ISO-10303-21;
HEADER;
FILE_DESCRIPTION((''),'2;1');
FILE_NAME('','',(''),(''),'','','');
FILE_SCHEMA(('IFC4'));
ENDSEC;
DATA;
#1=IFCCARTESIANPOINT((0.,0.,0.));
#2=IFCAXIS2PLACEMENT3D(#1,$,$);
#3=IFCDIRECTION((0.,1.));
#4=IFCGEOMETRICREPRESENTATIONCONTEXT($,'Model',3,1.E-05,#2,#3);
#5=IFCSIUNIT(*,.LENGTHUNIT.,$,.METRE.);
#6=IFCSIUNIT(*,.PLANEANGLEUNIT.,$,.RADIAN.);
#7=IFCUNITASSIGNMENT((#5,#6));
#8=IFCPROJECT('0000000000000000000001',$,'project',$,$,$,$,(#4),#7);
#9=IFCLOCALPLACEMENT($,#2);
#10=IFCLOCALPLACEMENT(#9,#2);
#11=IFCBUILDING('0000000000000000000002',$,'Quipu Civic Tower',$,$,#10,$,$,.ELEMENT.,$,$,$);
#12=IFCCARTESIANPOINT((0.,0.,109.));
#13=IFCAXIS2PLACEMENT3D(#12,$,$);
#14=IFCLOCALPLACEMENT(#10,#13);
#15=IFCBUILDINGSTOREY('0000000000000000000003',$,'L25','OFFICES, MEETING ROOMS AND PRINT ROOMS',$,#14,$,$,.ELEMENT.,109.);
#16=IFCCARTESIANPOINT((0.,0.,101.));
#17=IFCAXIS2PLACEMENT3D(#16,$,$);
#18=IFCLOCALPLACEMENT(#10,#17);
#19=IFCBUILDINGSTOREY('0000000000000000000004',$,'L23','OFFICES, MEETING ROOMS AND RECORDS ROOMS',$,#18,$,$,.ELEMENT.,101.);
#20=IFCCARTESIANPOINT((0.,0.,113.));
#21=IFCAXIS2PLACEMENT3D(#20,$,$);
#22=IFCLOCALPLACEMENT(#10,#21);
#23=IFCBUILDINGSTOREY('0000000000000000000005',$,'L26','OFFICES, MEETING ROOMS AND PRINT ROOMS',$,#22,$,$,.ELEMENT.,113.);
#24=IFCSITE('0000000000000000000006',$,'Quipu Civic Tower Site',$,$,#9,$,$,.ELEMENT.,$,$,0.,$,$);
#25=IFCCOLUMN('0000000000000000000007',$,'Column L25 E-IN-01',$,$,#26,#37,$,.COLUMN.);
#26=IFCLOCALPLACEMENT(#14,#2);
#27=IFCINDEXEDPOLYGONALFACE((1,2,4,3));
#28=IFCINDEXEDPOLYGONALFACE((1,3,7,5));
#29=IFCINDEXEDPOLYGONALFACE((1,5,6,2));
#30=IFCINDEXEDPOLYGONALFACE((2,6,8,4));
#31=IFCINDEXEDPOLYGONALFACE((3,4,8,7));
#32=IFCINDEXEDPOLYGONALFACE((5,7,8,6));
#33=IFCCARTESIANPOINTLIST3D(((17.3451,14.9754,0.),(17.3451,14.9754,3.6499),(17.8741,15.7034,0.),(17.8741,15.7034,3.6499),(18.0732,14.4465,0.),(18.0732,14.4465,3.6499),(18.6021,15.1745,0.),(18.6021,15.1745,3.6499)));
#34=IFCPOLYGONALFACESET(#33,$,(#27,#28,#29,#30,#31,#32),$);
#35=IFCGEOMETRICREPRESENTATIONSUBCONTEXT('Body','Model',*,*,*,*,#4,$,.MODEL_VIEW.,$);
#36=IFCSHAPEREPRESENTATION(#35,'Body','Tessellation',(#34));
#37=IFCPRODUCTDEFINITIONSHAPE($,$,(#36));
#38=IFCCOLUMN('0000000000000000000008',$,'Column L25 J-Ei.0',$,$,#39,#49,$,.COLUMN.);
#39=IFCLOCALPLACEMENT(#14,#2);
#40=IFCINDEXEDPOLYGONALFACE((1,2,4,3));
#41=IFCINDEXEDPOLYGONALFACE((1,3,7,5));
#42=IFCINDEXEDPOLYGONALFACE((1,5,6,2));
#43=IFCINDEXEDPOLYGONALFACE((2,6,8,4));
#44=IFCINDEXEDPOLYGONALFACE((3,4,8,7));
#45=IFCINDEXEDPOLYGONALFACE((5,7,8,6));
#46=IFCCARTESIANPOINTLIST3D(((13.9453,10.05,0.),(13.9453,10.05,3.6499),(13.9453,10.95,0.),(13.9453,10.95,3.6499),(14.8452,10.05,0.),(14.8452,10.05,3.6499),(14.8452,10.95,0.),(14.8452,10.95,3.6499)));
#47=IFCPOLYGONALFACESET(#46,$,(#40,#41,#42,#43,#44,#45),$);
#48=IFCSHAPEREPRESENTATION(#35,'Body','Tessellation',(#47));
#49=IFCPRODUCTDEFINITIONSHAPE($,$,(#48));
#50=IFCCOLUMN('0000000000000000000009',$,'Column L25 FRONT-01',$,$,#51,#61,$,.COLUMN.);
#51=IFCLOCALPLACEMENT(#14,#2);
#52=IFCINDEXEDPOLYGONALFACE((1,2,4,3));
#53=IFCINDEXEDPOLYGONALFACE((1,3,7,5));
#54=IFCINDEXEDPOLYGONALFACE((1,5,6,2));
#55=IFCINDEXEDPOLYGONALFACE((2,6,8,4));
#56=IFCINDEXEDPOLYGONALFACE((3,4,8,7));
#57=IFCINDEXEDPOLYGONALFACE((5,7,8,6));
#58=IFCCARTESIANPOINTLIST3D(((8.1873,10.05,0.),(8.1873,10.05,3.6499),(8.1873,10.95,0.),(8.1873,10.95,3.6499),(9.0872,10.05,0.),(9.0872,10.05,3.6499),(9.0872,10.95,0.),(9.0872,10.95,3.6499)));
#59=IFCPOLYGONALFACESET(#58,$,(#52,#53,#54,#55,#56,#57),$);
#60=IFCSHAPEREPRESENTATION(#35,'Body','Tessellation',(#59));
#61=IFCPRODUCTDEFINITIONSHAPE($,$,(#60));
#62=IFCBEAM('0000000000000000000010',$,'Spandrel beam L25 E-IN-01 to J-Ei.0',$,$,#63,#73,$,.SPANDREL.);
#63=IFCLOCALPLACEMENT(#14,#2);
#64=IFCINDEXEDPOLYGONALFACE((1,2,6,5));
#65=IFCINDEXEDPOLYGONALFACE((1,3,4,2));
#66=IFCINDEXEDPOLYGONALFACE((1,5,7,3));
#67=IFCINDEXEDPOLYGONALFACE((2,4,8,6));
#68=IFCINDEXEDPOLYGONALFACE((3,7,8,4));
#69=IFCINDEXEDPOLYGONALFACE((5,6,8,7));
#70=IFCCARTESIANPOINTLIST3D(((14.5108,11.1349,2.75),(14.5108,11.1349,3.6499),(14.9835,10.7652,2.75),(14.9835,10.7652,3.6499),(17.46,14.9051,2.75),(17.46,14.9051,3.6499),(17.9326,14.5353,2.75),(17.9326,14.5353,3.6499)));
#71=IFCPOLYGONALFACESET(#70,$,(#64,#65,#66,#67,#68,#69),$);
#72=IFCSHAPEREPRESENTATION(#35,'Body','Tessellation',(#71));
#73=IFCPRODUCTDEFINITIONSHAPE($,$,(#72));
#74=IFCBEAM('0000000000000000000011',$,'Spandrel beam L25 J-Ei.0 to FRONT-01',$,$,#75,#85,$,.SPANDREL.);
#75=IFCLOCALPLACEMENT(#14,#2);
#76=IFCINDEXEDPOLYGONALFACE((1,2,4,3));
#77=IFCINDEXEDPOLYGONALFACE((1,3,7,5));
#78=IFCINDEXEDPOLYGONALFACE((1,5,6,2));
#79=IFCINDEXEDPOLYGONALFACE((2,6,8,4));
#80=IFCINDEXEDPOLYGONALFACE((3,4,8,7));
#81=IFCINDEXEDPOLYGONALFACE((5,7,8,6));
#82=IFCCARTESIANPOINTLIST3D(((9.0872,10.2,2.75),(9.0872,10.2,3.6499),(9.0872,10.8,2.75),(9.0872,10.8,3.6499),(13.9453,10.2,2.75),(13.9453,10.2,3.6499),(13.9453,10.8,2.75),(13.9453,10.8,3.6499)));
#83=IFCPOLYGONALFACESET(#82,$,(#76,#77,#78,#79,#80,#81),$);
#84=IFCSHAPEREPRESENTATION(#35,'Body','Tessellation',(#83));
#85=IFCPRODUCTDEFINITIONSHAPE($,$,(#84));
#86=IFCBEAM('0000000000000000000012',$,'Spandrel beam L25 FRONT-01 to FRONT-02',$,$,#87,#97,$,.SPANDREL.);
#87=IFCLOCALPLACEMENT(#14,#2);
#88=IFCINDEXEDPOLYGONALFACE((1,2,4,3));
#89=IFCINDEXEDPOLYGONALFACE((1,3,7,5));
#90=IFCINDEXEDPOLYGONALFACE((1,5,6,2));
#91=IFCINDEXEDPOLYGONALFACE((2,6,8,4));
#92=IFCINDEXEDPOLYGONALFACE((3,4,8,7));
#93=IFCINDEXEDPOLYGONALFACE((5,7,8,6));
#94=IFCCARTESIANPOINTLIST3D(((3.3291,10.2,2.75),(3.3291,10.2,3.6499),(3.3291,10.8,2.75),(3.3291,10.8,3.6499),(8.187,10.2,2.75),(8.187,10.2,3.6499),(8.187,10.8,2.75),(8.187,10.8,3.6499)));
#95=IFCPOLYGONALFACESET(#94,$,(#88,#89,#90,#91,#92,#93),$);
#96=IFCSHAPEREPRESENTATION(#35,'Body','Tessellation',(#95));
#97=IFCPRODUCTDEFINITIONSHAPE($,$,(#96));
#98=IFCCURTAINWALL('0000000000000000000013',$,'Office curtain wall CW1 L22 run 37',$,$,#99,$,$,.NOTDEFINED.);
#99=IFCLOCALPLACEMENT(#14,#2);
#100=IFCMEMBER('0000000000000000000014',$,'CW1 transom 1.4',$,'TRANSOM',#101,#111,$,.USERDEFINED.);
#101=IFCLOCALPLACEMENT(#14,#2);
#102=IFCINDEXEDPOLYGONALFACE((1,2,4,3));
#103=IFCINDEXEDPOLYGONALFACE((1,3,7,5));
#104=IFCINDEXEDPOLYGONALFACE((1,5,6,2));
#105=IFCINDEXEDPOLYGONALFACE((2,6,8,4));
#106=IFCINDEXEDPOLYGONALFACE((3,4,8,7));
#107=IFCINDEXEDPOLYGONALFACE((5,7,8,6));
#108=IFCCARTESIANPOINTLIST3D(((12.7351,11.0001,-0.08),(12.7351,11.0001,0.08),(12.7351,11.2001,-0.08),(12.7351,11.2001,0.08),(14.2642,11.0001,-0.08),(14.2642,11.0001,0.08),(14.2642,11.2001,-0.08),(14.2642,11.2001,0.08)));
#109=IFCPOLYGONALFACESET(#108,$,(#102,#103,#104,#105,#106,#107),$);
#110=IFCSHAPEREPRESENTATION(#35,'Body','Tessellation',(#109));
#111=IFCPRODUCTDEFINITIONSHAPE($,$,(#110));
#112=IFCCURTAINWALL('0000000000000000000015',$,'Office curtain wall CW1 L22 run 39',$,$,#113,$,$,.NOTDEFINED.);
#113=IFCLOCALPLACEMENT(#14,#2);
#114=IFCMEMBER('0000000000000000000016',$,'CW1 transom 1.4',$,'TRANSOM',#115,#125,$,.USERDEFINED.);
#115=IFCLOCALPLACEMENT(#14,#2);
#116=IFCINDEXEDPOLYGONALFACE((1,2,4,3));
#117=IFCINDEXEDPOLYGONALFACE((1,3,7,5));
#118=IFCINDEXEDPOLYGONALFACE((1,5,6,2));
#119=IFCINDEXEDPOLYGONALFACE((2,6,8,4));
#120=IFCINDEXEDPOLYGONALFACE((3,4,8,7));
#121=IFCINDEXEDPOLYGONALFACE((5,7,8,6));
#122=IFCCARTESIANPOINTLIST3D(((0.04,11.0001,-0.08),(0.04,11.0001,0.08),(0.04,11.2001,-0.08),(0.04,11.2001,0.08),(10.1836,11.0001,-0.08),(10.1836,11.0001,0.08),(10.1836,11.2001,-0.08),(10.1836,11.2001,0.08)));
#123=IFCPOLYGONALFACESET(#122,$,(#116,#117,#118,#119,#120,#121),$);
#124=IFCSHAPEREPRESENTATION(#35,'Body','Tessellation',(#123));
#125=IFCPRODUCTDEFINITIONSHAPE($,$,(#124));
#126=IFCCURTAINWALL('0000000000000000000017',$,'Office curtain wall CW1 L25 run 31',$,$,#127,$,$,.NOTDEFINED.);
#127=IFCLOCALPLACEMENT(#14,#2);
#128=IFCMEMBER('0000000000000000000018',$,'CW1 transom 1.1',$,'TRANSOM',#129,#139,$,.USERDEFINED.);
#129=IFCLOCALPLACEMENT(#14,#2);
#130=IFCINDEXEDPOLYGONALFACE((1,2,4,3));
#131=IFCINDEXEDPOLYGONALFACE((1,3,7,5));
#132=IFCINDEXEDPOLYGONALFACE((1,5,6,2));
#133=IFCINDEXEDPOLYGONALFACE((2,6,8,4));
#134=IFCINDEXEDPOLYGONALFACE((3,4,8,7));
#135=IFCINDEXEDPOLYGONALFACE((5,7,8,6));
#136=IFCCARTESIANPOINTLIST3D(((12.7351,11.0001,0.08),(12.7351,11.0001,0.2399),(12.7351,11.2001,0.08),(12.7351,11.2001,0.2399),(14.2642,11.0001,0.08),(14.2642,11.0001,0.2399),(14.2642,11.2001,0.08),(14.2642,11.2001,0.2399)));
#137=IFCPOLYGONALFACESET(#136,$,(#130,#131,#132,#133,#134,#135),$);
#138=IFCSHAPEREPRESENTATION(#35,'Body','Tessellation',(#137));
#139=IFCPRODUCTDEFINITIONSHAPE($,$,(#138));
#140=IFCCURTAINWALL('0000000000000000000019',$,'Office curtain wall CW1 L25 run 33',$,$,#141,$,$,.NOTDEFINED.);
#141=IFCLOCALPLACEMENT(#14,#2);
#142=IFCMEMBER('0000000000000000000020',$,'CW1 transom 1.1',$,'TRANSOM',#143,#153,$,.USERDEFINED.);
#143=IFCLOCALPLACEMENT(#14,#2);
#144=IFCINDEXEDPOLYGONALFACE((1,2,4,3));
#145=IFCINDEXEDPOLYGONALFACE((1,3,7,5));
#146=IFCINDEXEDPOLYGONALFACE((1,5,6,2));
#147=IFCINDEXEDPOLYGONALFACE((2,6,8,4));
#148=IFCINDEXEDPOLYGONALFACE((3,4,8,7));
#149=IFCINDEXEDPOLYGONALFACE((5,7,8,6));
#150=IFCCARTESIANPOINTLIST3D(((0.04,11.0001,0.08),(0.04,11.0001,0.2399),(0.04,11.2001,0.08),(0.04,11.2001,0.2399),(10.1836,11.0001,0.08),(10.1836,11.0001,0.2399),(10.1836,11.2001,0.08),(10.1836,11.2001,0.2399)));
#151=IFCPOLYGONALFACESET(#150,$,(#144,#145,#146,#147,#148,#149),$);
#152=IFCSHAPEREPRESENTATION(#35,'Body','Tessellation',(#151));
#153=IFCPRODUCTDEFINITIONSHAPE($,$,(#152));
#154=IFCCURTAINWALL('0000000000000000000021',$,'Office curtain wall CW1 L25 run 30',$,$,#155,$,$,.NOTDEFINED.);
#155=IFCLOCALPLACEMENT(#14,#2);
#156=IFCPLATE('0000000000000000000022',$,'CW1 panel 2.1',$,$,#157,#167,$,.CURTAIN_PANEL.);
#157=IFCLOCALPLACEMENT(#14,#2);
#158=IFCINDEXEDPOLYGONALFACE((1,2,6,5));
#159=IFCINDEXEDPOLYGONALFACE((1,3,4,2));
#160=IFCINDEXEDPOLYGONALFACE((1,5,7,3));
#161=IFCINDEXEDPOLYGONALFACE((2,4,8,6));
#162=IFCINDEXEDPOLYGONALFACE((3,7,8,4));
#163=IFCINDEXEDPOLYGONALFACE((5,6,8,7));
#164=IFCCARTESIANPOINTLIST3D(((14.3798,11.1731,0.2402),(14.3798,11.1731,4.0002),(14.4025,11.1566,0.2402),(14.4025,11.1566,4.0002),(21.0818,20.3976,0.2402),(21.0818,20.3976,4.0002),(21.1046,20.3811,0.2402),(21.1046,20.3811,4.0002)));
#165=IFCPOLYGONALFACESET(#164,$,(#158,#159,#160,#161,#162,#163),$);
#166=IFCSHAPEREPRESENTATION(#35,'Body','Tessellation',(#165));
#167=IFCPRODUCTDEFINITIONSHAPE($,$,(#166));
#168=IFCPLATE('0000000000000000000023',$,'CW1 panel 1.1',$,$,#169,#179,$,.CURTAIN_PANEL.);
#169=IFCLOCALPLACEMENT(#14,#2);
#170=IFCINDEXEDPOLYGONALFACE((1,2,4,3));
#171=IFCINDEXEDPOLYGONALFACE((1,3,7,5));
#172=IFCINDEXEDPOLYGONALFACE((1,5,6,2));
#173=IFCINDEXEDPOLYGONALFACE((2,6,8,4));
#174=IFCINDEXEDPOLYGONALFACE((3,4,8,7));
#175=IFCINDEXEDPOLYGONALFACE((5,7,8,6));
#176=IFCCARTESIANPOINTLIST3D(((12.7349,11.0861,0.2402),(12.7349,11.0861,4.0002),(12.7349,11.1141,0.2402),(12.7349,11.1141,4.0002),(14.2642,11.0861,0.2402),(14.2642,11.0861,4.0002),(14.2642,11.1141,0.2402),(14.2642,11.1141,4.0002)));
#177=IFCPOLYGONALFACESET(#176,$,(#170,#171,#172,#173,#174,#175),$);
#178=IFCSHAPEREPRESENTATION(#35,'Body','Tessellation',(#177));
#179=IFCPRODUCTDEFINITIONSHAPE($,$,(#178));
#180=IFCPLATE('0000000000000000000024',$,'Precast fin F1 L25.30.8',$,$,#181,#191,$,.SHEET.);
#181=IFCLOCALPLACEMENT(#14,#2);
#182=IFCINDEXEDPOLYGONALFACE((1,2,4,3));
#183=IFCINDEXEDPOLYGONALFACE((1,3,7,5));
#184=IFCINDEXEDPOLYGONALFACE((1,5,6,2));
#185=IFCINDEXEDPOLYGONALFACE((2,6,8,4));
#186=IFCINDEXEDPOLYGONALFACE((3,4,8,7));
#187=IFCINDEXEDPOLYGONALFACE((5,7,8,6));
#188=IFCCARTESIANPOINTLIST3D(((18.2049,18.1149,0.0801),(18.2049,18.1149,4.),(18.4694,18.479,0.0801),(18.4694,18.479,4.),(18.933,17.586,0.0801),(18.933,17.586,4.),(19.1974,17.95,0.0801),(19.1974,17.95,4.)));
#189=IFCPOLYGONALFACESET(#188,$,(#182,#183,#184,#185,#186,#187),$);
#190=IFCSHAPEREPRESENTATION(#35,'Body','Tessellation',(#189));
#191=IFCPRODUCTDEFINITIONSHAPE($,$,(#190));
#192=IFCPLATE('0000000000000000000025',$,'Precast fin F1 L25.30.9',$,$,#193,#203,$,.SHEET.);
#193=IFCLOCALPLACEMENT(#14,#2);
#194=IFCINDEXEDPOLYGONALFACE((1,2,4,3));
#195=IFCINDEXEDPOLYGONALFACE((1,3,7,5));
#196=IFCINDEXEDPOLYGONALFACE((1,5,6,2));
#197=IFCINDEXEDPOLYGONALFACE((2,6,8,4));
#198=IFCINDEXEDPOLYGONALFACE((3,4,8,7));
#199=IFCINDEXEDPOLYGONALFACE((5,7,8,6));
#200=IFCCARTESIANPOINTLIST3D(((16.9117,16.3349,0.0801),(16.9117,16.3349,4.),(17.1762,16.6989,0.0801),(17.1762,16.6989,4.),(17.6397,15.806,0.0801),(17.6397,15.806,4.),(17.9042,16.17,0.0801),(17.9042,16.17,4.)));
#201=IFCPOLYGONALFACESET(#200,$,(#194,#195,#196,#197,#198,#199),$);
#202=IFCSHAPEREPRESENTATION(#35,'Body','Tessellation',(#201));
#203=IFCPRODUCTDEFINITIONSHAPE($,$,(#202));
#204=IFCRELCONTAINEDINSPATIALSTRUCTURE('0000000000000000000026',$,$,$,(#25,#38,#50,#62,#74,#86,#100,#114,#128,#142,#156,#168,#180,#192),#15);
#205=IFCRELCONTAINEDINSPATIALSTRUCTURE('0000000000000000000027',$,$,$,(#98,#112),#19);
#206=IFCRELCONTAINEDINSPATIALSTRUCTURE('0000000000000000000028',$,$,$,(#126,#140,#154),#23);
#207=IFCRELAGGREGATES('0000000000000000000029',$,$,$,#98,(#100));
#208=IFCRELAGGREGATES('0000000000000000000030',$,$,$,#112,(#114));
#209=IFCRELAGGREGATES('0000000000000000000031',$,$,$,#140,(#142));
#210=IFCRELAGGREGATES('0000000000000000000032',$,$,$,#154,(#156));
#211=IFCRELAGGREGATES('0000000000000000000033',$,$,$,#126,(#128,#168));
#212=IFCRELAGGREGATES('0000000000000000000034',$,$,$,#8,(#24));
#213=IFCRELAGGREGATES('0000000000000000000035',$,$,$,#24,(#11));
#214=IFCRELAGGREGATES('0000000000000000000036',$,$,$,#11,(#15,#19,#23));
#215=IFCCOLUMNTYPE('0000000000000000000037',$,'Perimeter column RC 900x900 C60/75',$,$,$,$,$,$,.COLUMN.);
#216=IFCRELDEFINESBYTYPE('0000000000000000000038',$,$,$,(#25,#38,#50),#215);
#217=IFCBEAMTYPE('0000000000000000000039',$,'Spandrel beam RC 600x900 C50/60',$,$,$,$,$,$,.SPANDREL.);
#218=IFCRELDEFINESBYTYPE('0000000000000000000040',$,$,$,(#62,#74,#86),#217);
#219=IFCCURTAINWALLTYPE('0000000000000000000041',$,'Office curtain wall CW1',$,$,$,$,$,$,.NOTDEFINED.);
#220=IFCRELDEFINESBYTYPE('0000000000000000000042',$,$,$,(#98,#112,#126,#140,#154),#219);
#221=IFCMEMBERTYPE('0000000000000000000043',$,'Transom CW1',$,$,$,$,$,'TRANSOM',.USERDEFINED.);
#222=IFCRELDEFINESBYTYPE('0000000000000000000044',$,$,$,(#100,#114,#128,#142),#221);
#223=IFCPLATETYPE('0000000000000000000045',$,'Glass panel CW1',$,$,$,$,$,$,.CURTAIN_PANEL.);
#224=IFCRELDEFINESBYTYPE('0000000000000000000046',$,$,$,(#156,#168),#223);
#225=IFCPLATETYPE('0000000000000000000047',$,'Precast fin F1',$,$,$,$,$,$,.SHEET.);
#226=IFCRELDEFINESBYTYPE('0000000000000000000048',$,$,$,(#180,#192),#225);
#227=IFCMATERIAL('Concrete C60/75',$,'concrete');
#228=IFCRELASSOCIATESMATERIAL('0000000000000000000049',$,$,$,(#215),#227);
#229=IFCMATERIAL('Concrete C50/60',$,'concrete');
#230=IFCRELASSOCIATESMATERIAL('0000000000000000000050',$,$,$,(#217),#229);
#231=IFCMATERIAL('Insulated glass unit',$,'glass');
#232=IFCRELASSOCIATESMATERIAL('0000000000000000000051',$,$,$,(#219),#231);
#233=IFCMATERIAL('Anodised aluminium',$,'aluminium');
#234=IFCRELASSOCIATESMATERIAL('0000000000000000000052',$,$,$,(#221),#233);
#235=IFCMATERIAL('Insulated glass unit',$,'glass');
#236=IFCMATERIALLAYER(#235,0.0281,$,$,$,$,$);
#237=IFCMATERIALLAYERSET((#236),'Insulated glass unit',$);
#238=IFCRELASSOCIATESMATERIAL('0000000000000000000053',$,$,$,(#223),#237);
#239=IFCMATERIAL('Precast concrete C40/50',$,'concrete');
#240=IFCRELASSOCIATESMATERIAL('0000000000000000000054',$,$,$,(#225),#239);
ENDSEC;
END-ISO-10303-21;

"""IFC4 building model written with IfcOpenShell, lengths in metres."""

from ifc_helpers import new_model, si_unit, direction, frame, origin, origin_2d, place, context, subcontext, project, spatial, rectangle, extrude, material, layer, layer_set, material_profile, profile_set, type_object, element, aggregate, save


model = new_model("IFC4")

# Units and contexts
model_context = context("Model", 3, precision=1e-05, world=origin(), true_north=direction((0.0, 1.0)))
body_context = subcontext(model_context, "Body", "Model", "MODEL_VIEW")
ifc_project = project(units=[si_unit("LENGTHUNIT", "METRE"), si_unit("PLANEANGLEUNIT", "RADIAN")], contexts=[model_context])

# Site, building, storey
site_placement = place(None, origin())
site = spatial("IfcSite", under=ifc_project, at=site_placement, Name="Quipu Civic Tower Site", CompositionType="ELEMENT", RefElevation=0.0)
building_placement = place(site_placement, origin())
building = spatial("IfcBuilding", under=site, at=building_placement, Name="Quipu Civic Tower", CompositionType="ELEMENT")
storey_1_placement = place(building_placement, frame((0.0, 0.0, 109.0)))
storey_1 = spatial("IfcBuildingStorey", under=building, at=storey_1_placement, Name="L25", Description="OFFICES, MEETING ROOMS AND PRINT ROOMS", CompositionType="ELEMENT", Elevation=109.0)

# Columns
ifc_material_1 = material(Name="Concrete C60/75", Category="concrete")
ifc_material_profile_1 = material_profile(ifc_material_1, rectangle(XDim=0.8999, YDim=0.8999, at=origin_2d()), Name="RC900x900")
ifc_profile_set_1 = profile_set([ifc_material_profile_1], Name="Concrete C60/75")
column_type = type_object("IfcColumnType", Name="Perimeter column RC 900x900 C60/75", PredefinedType="COLUMN", material=ifc_profile_set_1)
for number, where, z_axis, x_axis, name in (
    (1, (17.9736, 15.075, 0.0), (0.0, 0.0, 1.0), (-0.587785, -0.809017, 0.0), "Column L25 E-IN-01"),
    (2, (14.3953, 10.5, 0.0), (0.0, 0.0, 1.0), (-1.0, 0.0, 0.0), "Column L25 J-Ei.0"),
    (3, (8.6372, 10.5, 0.0), (0.0, 0.0, 1.0), (-1.0, 0.0, 0.0), "Column L25 FRONT-01"),
):
    element("IfcColumn", number, at=place(storey_1_placement, frame(where, z_axis=z_axis, x_axis=x_axis)), inside=storey_1, type_object=column_type, Name=name, PredefinedType="COLUMN", context=body_context, shape_type="SweptSolid", body=[
        extrude(rectangle(XDim=0.8999, YDim=0.8999, at=origin_2d()), origin(), (0.0, 0.0, 1.0), 3.6499),
    ])

# Beams
ifc_material_2 = material(Name="Concrete C50/60", Category="concrete")
ifc_material_profile_2 = material_profile(ifc_material_2, rectangle(XDim=0.6001, YDim=0.8999, at=origin_2d()), Name="RC600x900")
ifc_profile_set_2 = profile_set([ifc_material_profile_2], Name="Concrete C50/60")
beam_type = type_object("IfcBeamType", Name="Spandrel beam RC 600x900 C50/60", PredefinedType="SPANDREL", material=ifc_profile_set_2)
beam_1_placement = place(storey_1_placement, frame((17.6963, 14.7202, 3.2), z_axis=(-0.616124, -0.787649, 0.0), x_axis=(0.787649, -0.616124, 0.0)))
element("IfcBeam", 4, at=beam_1_placement, inside=storey_1, type_object=beam_type, Name="Spandrel beam L25 E-IN-01 to J-Ei.0", PredefinedType="SPANDREL", context=body_context, shape_type="SweptSolid", body=[
    extrude(rectangle(XDim=0.6001, YDim=0.8999, at=origin_2d()), origin(), (0.0, 0.0, 1.0), 4.7866),
])
beam_2_placement = place(storey_1_placement, frame((13.9453, 10.5, 3.2), z_axis=(-1.0, 0.0, 0.0), x_axis=(0.0, -1.0, 0.0)))
element("IfcBeam", 5, at=beam_2_placement, inside=storey_1, type_object=beam_type, Name="Spandrel beam L25 J-Ei.0 to FRONT-01", PredefinedType="SPANDREL", context=body_context, shape_type="SweptSolid", body=[
    extrude(rectangle(XDim=0.6001, YDim=0.8999, at=origin_2d()), origin(), (0.0, 0.0, 1.0), 4.8582),
])
beam_3_placement = place(storey_1_placement, frame((8.187, 10.5, 3.2), z_axis=(-1.0, 0.0, 0.0), x_axis=(0.0, -1.0, 0.0)))
element("IfcBeam", 6, at=beam_3_placement, inside=storey_1, type_object=beam_type, Name="Spandrel beam L25 FRONT-01 to FRONT-02", PredefinedType="SPANDREL", context=body_context, shape_type="SweptSolid", body=[
    extrude(rectangle(XDim=0.6001, YDim=0.8999, at=origin_2d()), origin(), (0.0, 0.0, 1.0), 4.8579),
])

# Shared definitions
storey_2_placement = place(building_placement, frame((0.0, 0.0, 101.0)))
storey_2 = spatial("IfcBuildingStorey", under=building, at=storey_2_placement, Name="L23", Description="OFFICES, MEETING ROOMS AND RECORDS ROOMS", CompositionType="ELEMENT", Elevation=101.0)

# Curtain walls, members
ifc_material_3 = material(Name="Insulated glass unit", Category="glass")
curtain_wall_type = type_object("IfcCurtainWallType", Name="Office curtain wall CW1", PredefinedType="NOTDEFINED", material=ifc_material_3)
curtain_wall_1_placement = place(storey_2_placement, origin())
curtain_wall_1 = element("IfcCurtainWall", 7, at=curtain_wall_1_placement, inside=storey_2, type_object=curtain_wall_type, Name="Office curtain wall CW1 L22 run 37", PredefinedType="NOTDEFINED")
ifc_material_4 = material(Name="Anodised aluminium", Category="aluminium")
ifc_material_profile_3 = material_profile(ifc_material_4, rectangle(XDim=0.2, YDim=0.1599, at=origin_2d()), Name="RECT 200x160")
ifc_profile_set_3 = profile_set([ifc_material_profile_3], Name="Anodised aluminium")
member_type = type_object("IfcMemberType", Name="Transom CW1", ElementType="TRANSOM", PredefinedType="USERDEFINED", material=ifc_profile_set_3)
member_1_placement = place(storey_1_placement, frame((14.2642, 11.1001, 0.0), z_axis=(-1.0, 0.0, 0.0), x_axis=(0.0, -1.0, 0.0)))
member_1 = element("IfcMember", 8, at=member_1_placement, inside=storey_1, type_object=member_type, Name="CW1 transom 1.4", ObjectType="TRANSOM", PredefinedType="USERDEFINED", context=body_context, shape_type="SweptSolid", body=[
    extrude(rectangle(XDim=0.2, YDim=0.1599, at=origin_2d()), origin(), (0.0, 0.0, 1.0), 1.5291),
])
aggregate(curtain_wall_1, [member_1])
curtain_wall_2_placement = place(storey_2_placement, origin())
curtain_wall_2 = element("IfcCurtainWall", 9, at=curtain_wall_2_placement, inside=storey_2, type_object=curtain_wall_type, Name="Office curtain wall CW1 L22 run 39", PredefinedType="NOTDEFINED")
member_2_placement = place(storey_1_placement, frame((10.1836, 11.1001, 0.0), z_axis=(-1.0, 0.0, 0.0), x_axis=(0.0, -1.0, 0.0)))
member_2 = element("IfcMember", 10, at=member_2_placement, inside=storey_1, type_object=member_type, Name="CW1 transom 1.4", ObjectType="TRANSOM", PredefinedType="USERDEFINED", context=body_context, shape_type="SweptSolid", body=[
    extrude(rectangle(XDim=0.2, YDim=0.1599, at=origin_2d()), origin(), (0.0, 0.0, 1.0), 10.1436),
])
aggregate(curtain_wall_2, [member_2])

# Shared definitions
storey_3_placement = place(building_placement, frame((0.0, 0.0, 113.0)))
storey_3 = spatial("IfcBuildingStorey", under=building, at=storey_3_placement, Name="L26", Description="OFFICES, MEETING ROOMS AND PRINT ROOMS", CompositionType="ELEMENT", Elevation=113.0)

# Curtain walls, members
curtain_wall_3_placement = place(storey_3_placement, origin())
curtain_wall_3 = element("IfcCurtainWall", 11, at=curtain_wall_3_placement, inside=storey_3, type_object=curtain_wall_type, Name="Office curtain wall CW1 L25 run 31", PredefinedType="NOTDEFINED")
member_3_placement = place(storey_1_placement, frame((14.2642, 11.1001, 0.1599), z_axis=(-1.0, 0.0, 0.0), x_axis=(0.0, -1.0, 0.0)))
member_3 = element("IfcMember", 12, at=member_3_placement, inside=storey_1, type_object=member_type, Name="CW1 transom 1.1", ObjectType="TRANSOM", PredefinedType="USERDEFINED", context=body_context, shape_type="SweptSolid", body=[
    extrude(rectangle(XDim=0.2, YDim=0.1599, at=origin_2d()), origin(), (0.0, 0.0, 1.0), 1.5291),
])
curtain_wall_4_placement = place(storey_3_placement, origin())
curtain_wall_4 = element("IfcCurtainWall", 13, at=curtain_wall_4_placement, inside=storey_3, type_object=curtain_wall_type, Name="Office curtain wall CW1 L25 run 33", PredefinedType="NOTDEFINED")
member_4_placement = place(storey_1_placement, frame((10.1836, 11.1001, 0.1599), z_axis=(-1.0, 0.0, 0.0), x_axis=(0.0, -1.0, 0.0)))
member_4 = element("IfcMember", 14, at=member_4_placement, inside=storey_1, type_object=member_type, Name="CW1 transom 1.1", ObjectType="TRANSOM", PredefinedType="USERDEFINED", context=body_context, shape_type="SweptSolid", body=[
    extrude(rectangle(XDim=0.2, YDim=0.1599, at=origin_2d()), origin(), (0.0, 0.0, 1.0), 10.1436),
])
aggregate(curtain_wall_4, [member_4])

# Curtain wall, plate
curtain_wall_5_placement = place(storey_3_placement, origin())
curtain_wall_5 = element("IfcCurtainWall", 15, at=curtain_wall_5_placement, inside=storey_3, type_object=curtain_wall_type, Name="Office curtain wall CW1 L25 run 30", PredefinedType="NOTDEFINED")
ifc_material_5 = material(Name="Insulated glass unit", Category="glass")
ifc_layer_1 = layer(ifc_material_5, 0.0281)
ifc_layer_set_1 = layer_set([ifc_layer_1], Name="Insulated glass unit")
plate_type_1 = type_object("IfcPlateType", Name="Glass panel CW1", PredefinedType="CURTAIN_PANEL", material=ifc_layer_set_1)
plate_1_placement = place(storey_1_placement, frame((17.7422, 15.7771, 0.2402), z_axis=(0.0, 0.0, 1.0), x_axis=(-0.587789, -0.809014, 0.0)))
plate_1 = element("IfcPlate", 16, at=plate_1_placement, inside=storey_1, type_object=plate_type_1, Name="CW1 panel 2.1", PredefinedType="CURTAIN_PANEL", context=body_context, shape_type="SweptSolid", body=[
    extrude(rectangle(XDim=11.4021, YDim=0.0281, at=origin_2d()), origin(), (0.0, 0.0, 1.0), 3.76),
])
aggregate(curtain_wall_5, [plate_1])

# Plate
plate_2_placement = place(storey_1_placement, frame((13.4995, 11.1001, 0.2402), z_axis=(0.0, 0.0, 1.0), x_axis=(-1.0, 0.0, 0.0)))
plate_2 = element("IfcPlate", 17, at=plate_2_placement, inside=storey_1, type_object=plate_type_1, Name="CW1 panel 1.1", PredefinedType="CURTAIN_PANEL", context=body_context, shape_type="SweptSolid", body=[
    extrude(rectangle(XDim=1.5293, YDim=0.0281, at=origin_2d()), origin(), (0.0, 0.0, 1.0), 3.76),
])
aggregate(curtain_wall_3, [member_3, plate_2])

# Plates
ifc_material_6 = material(Name="Precast concrete C40/50", Category="concrete")
plate_type_2 = type_object("IfcPlateType", Name="Precast fin F1", PredefinedType="SHEET", material=ifc_material_6)
for number, where, z_axis, x_axis, name in (
    (18, (18.7012, 18.0325, 0.0801), (0.0, 0.0, 1.0), (-0.587787, -0.809016, 0.0), "Precast fin F1 L25.30.8"),
    (19, (17.408, 16.2524, 0.0801), (0.0, 0.0, 1.0), (-0.587787, -0.809016, 0.0), "Precast fin F1 L25.30.9"),
):
    element("IfcPlate", number, at=place(storey_1_placement, frame(where, z_axis=z_axis, x_axis=x_axis)), inside=storey_1, type_object=plate_type_2, Name=name, PredefinedType="SHEET", context=body_context, shape_type="SweptSolid", body=[
        extrude(rectangle(XDim=0.45, YDim=0.8999, at=origin_2d()), origin(), (0.0, 0.0, 1.0), 3.9199),
    ])

save(model, "model.ifc")
